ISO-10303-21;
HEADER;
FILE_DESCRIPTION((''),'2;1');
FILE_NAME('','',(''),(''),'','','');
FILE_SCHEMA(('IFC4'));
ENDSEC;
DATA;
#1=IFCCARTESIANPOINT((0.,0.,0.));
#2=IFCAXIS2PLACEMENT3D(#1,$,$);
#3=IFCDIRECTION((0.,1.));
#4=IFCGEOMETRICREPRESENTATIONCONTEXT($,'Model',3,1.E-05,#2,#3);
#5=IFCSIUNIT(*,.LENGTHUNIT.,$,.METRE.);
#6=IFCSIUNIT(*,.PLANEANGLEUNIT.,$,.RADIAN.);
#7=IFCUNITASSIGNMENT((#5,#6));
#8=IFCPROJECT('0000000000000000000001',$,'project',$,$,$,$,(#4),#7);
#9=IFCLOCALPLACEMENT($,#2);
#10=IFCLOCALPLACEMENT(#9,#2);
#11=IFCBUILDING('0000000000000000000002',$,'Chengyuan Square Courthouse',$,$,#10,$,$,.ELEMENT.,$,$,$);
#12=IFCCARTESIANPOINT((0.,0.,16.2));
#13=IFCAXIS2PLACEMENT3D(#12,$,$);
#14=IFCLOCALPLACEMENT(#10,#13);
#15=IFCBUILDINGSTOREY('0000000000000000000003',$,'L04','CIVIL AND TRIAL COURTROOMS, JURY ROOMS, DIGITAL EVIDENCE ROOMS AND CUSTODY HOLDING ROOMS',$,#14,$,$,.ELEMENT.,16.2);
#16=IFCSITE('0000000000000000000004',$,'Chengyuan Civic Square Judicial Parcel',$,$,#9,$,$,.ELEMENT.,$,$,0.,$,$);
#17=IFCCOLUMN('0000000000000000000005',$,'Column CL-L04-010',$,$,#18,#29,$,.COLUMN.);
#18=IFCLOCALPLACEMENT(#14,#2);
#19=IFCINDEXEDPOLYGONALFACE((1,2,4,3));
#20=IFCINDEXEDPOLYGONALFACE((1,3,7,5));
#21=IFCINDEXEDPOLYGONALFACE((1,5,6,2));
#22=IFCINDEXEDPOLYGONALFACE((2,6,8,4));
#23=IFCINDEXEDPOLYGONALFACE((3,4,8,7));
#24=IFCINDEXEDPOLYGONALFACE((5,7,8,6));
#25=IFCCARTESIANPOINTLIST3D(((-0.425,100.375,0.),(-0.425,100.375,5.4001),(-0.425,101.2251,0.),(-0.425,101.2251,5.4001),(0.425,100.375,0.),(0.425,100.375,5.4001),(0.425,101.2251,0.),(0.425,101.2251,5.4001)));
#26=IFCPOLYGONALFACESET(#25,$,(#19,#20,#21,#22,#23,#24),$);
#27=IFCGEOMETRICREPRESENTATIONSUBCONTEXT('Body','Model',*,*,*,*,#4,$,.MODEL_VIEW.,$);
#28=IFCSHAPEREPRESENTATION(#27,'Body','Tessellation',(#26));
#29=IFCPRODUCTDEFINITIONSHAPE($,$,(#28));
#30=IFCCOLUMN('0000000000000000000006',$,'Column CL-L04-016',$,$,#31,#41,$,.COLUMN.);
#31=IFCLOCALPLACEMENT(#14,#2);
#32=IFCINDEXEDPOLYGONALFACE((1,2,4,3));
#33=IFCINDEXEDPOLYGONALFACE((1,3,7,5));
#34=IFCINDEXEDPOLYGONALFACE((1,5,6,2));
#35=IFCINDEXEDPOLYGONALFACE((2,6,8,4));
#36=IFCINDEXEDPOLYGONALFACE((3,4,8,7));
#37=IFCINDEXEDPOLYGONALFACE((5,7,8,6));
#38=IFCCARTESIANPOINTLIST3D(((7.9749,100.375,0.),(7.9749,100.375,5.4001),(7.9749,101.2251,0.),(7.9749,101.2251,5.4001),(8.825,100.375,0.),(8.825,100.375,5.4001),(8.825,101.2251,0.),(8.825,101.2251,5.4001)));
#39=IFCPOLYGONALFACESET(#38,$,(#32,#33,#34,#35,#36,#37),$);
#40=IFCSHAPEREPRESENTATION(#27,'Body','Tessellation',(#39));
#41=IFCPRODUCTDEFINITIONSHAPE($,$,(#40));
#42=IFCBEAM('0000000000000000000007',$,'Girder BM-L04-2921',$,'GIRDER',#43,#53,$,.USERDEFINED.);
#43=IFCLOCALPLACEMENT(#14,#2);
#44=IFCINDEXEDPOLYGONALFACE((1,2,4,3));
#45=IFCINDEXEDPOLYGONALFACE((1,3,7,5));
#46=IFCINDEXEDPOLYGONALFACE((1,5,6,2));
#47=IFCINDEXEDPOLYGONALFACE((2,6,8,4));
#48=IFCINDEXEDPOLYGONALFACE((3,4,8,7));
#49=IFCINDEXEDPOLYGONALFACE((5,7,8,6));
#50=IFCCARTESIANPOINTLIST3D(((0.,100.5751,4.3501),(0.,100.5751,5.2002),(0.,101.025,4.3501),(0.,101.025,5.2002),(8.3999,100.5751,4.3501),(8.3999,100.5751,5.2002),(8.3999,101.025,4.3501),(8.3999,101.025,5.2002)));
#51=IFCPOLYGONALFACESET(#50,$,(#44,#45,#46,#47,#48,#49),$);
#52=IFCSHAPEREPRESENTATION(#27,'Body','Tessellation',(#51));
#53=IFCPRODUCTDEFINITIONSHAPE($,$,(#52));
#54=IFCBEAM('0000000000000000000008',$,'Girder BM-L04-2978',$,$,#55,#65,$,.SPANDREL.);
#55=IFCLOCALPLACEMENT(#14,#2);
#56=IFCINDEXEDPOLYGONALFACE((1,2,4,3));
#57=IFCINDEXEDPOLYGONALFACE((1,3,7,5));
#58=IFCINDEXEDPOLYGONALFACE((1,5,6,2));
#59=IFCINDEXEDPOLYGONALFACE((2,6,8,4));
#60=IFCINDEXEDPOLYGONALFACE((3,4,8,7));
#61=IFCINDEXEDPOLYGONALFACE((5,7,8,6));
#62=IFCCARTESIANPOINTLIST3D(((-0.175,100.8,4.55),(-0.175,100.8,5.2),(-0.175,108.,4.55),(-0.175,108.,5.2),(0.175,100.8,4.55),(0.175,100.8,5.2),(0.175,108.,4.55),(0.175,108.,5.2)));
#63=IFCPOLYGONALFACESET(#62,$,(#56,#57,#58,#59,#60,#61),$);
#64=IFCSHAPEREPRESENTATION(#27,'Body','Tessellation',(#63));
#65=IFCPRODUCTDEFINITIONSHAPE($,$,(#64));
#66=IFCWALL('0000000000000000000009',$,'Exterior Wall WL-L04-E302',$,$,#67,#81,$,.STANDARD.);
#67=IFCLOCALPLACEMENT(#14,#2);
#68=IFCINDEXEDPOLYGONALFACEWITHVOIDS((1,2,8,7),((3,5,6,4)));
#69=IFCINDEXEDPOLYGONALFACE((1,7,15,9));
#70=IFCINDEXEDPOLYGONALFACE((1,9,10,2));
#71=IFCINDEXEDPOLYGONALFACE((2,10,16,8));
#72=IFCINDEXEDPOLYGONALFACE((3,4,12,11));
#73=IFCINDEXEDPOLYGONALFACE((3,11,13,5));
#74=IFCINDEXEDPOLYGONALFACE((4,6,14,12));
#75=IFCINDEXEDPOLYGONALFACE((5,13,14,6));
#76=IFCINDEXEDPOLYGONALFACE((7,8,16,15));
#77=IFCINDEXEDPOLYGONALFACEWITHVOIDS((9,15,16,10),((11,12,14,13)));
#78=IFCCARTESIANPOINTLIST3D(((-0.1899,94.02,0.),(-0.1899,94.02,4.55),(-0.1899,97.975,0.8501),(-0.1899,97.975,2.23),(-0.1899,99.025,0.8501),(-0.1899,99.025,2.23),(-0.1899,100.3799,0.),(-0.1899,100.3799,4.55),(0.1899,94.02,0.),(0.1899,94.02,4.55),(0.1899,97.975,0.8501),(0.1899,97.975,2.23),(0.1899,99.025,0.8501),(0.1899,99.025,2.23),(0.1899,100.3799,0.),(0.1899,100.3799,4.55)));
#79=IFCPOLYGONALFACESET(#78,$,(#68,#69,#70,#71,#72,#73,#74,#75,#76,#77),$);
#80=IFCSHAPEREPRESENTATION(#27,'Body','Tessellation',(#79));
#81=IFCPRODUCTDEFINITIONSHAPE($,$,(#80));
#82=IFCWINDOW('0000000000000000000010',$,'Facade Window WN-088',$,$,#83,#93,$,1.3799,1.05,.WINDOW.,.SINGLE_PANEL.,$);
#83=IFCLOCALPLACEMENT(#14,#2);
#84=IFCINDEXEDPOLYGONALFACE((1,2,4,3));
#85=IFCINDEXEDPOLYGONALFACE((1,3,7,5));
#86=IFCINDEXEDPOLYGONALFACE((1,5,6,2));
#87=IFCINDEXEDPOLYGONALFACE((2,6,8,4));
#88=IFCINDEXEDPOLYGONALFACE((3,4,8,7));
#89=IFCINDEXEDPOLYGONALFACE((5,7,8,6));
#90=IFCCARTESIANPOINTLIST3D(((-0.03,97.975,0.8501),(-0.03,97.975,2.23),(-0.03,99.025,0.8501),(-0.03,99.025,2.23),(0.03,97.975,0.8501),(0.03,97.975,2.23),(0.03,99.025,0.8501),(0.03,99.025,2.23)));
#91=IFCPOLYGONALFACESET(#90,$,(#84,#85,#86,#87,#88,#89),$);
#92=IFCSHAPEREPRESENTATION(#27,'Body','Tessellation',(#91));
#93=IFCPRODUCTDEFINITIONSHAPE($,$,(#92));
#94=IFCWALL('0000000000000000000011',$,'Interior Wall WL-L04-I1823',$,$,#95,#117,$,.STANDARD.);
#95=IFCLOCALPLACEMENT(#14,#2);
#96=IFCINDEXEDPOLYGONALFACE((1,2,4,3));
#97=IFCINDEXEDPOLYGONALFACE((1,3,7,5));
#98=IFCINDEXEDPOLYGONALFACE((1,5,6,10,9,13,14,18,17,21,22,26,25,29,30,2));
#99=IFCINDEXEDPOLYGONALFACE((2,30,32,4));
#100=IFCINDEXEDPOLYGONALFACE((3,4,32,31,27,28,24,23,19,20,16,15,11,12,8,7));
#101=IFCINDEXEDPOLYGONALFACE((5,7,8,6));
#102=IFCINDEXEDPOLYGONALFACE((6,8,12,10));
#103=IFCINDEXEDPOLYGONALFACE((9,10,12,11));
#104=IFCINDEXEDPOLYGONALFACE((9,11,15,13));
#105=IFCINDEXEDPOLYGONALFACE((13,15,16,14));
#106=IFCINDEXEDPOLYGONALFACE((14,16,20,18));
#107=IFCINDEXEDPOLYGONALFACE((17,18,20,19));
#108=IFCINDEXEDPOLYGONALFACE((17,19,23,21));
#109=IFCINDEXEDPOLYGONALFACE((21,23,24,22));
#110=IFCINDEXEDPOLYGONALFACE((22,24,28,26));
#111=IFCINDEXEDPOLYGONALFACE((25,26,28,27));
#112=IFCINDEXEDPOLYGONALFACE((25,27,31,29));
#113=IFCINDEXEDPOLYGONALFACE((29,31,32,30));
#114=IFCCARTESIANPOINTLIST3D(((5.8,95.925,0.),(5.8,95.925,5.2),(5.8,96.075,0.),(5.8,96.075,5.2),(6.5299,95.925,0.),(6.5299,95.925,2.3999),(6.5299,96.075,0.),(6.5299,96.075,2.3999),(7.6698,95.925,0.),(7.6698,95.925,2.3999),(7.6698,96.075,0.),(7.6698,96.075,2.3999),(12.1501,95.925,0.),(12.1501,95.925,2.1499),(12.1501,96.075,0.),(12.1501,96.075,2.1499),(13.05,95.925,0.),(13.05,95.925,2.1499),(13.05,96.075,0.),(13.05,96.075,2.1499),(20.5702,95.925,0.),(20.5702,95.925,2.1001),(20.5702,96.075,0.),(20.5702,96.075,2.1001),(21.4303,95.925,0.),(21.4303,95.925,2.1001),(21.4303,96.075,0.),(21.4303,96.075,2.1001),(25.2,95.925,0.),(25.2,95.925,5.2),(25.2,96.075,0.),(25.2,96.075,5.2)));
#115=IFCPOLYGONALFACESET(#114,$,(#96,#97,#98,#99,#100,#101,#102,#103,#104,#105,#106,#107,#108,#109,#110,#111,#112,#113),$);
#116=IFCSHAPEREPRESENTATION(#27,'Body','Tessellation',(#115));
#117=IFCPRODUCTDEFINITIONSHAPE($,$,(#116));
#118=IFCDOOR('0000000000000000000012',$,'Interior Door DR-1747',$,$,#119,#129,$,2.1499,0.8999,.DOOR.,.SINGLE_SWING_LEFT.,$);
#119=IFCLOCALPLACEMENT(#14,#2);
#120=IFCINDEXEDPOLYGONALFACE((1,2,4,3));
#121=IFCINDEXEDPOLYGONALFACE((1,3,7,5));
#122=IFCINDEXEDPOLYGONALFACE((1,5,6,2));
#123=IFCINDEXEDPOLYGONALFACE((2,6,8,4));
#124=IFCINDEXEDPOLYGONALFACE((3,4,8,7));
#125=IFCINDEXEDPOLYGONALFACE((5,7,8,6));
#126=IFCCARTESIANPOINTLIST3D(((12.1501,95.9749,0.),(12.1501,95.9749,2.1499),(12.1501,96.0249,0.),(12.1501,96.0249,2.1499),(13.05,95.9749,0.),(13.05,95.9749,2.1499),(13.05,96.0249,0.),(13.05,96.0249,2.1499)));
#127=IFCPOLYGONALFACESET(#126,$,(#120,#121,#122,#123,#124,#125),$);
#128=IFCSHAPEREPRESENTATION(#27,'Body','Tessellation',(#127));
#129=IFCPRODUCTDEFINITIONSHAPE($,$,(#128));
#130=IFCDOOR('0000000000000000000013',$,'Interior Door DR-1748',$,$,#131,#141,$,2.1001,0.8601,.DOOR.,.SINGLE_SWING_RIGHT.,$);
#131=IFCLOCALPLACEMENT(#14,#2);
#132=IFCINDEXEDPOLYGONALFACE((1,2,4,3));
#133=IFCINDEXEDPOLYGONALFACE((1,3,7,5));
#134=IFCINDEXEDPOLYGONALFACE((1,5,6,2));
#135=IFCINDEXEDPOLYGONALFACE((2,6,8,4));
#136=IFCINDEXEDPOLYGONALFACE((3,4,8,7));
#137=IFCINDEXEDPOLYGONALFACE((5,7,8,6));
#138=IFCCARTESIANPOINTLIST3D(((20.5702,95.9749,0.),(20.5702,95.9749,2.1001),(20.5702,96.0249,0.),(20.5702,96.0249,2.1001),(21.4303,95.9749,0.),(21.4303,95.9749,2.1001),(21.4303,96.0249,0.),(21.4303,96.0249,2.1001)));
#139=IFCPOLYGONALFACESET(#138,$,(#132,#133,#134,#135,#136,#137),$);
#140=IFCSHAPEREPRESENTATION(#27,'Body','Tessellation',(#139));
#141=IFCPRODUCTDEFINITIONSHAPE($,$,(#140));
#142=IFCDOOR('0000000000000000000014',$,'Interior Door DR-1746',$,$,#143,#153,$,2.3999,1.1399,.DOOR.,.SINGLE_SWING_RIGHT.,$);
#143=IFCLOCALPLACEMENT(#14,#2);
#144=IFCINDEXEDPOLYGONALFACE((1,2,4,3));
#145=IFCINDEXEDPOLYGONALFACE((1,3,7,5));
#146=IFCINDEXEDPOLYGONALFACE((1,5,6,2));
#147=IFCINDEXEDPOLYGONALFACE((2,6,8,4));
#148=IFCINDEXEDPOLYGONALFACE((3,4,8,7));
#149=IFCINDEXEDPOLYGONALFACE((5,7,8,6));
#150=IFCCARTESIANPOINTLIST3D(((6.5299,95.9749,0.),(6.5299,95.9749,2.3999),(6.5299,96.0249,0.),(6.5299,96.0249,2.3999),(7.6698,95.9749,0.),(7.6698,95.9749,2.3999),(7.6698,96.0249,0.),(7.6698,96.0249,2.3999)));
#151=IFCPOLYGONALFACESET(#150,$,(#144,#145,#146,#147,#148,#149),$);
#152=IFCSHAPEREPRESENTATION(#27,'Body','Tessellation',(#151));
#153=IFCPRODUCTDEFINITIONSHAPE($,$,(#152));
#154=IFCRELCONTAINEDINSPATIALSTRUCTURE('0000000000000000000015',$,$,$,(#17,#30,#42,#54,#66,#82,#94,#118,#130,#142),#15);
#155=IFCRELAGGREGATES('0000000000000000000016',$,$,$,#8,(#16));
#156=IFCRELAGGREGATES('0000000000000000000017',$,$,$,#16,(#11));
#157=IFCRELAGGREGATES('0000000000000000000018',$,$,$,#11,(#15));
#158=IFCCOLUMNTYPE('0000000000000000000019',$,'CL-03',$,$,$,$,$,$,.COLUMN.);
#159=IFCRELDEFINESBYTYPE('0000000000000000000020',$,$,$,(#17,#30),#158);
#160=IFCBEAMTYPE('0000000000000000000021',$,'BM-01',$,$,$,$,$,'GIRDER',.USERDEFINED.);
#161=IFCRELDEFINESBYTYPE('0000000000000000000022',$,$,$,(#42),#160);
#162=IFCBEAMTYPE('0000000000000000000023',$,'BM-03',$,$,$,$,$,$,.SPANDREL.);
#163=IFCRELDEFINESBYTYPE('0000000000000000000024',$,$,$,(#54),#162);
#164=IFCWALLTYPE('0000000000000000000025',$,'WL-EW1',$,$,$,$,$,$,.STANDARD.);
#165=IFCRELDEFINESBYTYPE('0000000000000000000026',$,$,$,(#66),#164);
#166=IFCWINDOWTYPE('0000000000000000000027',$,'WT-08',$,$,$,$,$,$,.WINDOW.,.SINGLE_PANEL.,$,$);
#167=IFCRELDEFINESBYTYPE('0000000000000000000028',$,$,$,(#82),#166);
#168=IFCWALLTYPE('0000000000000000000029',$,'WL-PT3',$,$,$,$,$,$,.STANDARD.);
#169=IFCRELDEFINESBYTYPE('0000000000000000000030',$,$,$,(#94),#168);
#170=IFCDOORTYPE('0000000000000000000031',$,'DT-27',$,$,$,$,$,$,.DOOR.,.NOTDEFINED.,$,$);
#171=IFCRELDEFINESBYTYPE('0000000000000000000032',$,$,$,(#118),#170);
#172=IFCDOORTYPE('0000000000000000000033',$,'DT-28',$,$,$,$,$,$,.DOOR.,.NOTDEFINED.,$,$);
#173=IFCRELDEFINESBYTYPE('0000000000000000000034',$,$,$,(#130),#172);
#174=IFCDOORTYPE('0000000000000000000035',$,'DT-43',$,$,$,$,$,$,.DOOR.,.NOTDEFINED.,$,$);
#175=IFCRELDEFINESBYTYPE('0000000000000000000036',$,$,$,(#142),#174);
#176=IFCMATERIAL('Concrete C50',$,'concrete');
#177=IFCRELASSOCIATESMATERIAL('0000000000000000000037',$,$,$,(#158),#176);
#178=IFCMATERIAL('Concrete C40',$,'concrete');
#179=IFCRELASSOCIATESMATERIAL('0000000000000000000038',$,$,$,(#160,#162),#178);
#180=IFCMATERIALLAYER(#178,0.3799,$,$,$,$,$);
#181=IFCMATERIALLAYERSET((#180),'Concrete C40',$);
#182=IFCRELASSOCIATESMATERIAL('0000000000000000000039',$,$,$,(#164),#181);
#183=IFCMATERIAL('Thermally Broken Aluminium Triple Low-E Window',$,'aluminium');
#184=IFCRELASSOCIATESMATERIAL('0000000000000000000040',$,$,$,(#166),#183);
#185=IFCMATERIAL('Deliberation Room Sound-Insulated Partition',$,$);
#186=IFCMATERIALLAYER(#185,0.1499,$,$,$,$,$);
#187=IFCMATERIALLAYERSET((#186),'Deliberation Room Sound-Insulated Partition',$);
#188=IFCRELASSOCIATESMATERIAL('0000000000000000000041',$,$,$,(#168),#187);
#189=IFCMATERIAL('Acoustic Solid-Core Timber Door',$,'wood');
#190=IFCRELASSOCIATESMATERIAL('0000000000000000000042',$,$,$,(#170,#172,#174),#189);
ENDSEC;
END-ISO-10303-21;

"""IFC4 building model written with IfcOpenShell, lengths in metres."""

from ifc_helpers import new_model, si_unit, direction, frame, frame_2d, origin, origin_2d, place, context, subcontext, project, spatial, rectangle, extrude, material, layer, layer_set, material_profile, profile_set, type_object, element, fill, save


model = new_model("IFC4")

# Units and contexts
model_context = context("Model", 3, precision=1e-05, world=origin(), true_north=direction((0.0, 1.0)))
body_context = subcontext(model_context, "Body", "Model", "MODEL_VIEW")
ifc_project = project(units=[si_unit("LENGTHUNIT", "METRE"), si_unit("PLANEANGLEUNIT", "RADIAN")], contexts=[model_context])

# Site, building, storey
site_placement = place(None, origin())
site = spatial("IfcSite", under=ifc_project, at=site_placement, Name="Chengyuan Civic Square Judicial Parcel", CompositionType="ELEMENT", RefElevation=0.0)
building_placement = place(site_placement, origin())
building = spatial("IfcBuilding", under=site, at=building_placement, Name="Chengyuan Square Courthouse", CompositionType="ELEMENT")
storey_placement = place(building_placement, frame((0.0, 0.0, 16.2)))
storey = spatial("IfcBuildingStorey", under=building, at=storey_placement, Name="L04", Description="CIVIL AND TRIAL COURTROOMS, JURY ROOMS, DIGITAL EVIDENCE ROOMS AND CUSTODY HOLDING ROOMS", CompositionType="ELEMENT", Elevation=16.2)

# Columns
ifc_material_1 = material(Name="Concrete C50", Category="concrete")
ifc_material_profile_1 = material_profile(ifc_material_1, rectangle(XDim=0.8501, YDim=0.8501, at=origin_2d()), Name="RC-COL-850x850")
ifc_profile_set_1 = profile_set([ifc_material_profile_1], Name="Concrete C50")
column_type = type_object("IfcColumnType", Name="CL-03", PredefinedType="COLUMN", material=ifc_profile_set_1)
for number, where, z_axis, x_axis, name in (
    (1, (0.0, 100.8, 0.0), (0.0, 0.0, 1.0), (1.0, 0.0, 0.0), "Column CL-L04-010"),
    (2, (8.3999, 100.8, 0.0), (0.0, 0.0, 1.0), (1.0, 0.0, 0.0), "Column CL-L04-016"),
):
    element("IfcColumn", number, at=place(storey_placement, frame(where, z_axis=z_axis, x_axis=x_axis)), inside=storey, type_object=column_type, Name=name, PredefinedType="COLUMN", context=body_context, shape_type="SweptSolid", body=[
        extrude(rectangle(XDim=0.8501, YDim=0.8501, at=origin_2d()), origin(), (0.0, 0.0, 1.0), 5.4001),
    ])

# Beams
ifc_material_2 = material(Name="Concrete C40", Category="concrete")
ifc_material_profile_2 = material_profile(ifc_material_2, rectangle(XDim=0.45, YDim=0.8501, at=origin_2d()), Name="RC-BM-450x850")
ifc_profile_set_2 = profile_set([ifc_material_profile_2], Name="Concrete C40")
beam_type_1 = type_object("IfcBeamType", Name="BM-01", ElementType="GIRDER", PredefinedType="USERDEFINED", material=ifc_profile_set_2)
beam_1_placement = place(storey_placement, frame((0.0, 100.8, 4.7751), z_axis=(1.0, 0.0, 0.0), x_axis=(0.0, 1.0, 0.0)))
element("IfcBeam", 3, at=beam_1_placement, inside=storey, type_object=beam_type_1, Name="Girder BM-L04-2921", ObjectType="GIRDER", PredefinedType="USERDEFINED", context=body_context, shape_type="SweptSolid", body=[
    extrude(rectangle(XDim=0.45, YDim=0.8501, at=origin_2d()), origin(), (0.0, 0.0, 1.0), 8.3999),
])
ifc_material_profile_3 = material_profile(ifc_material_2, rectangle(XDim=0.3501, YDim=0.6499, at=origin_2d()), Name="RC-BM-350x650")
ifc_profile_set_3 = profile_set([ifc_material_profile_3], Name="Concrete C40")
beam_type_2 = type_object("IfcBeamType", Name="BM-03", PredefinedType="SPANDREL", material=ifc_profile_set_3)
beam_2_placement = place(storey_placement, frame((0.0, 100.8, 4.875), z_axis=(0.0, 1.0, 0.0), x_axis=(-1.0, 0.0, 0.0)))
element("IfcBeam", 4, at=beam_2_placement, inside=storey, type_object=beam_type_2, Name="Girder BM-L04-2978", PredefinedType="SPANDREL", context=body_context, shape_type="SweptSolid", body=[
    extrude(rectangle(XDim=0.3501, YDim=0.6499, at=origin_2d()), origin(), (0.0, 0.0, 1.0), 7.2),
])

# Wall, opening, window
ifc_layer_1 = layer(ifc_material_2, 0.3799)
ifc_layer_set_1 = layer_set([ifc_layer_1], Name="Concrete C40")
wall_type_1 = type_object("IfcWallType", Name="WL-EW1", PredefinedType="STANDARD", material=ifc_layer_set_1)
wall_1_placement = place(storey_placement, frame((0.0, 94.02, 0.0), z_axis=(0.0, 0.0, 1.0), x_axis=(0.0, 1.0, 0.0)))
wall_1 = element("IfcWall", 5, at=wall_1_placement, inside=storey, type_object=wall_type_1, Name="Exterior Wall WL-L04-E302", PredefinedType="STANDARD", context=body_context, shape_type="SweptSolid", body=[
    extrude(rectangle(XDim=6.3599, YDim=0.3799, at=frame_2d((3.1799, 0.0))), origin(), (0.0, 0.0, 1.0), 4.55),
])
opening_1_placement = place(wall_1_placement, frame((3.9551, 0.0, 0.8501)))
opening_1 = element("IfcOpeningElement", 6, at=opening_1_placement, cuts=wall_1, PredefinedType="OPENING", context=body_context, shape_type="SweptSolid", body=[
    extrude(rectangle(XDim=1.05, YDim=1.3799, at=frame_2d((0.5249, 0.6899))), frame((0.0, 0.2019, 0.0), z_axis=(0.0, -1.0, 0.0), x_axis=(1.0, 0.0, 0.0)), (0.0, 0.0, 1.0), 0.4038),
])
ifc_material_3 = material(Name="Thermally Broken Aluminium Triple Low-E Window", Category="aluminium")
window_type = type_object("IfcWindowType", Name="WT-08", PartitioningType="SINGLE_PANEL", PredefinedType="WINDOW", material=ifc_material_3)
window_placement = place(opening_1_placement, origin())
window = element("IfcWindow", 7, at=window_placement, inside=storey, type_object=window_type, Name="Facade Window WN-088", OverallHeight=1.3799, OverallWidth=1.05, PartitioningType="SINGLE_PANEL", PredefinedType="WINDOW", context=body_context, shape_type="SweptSolid", body=[
    extrude(rectangle(XDim=1.05, YDim=1.3799, at=frame_2d((0.5249, 0.6899))), frame((0.0, 0.03, 0.0), z_axis=(0.0, -1.0, 0.0), x_axis=(1.0, 0.0, 0.0)), (0.0, 0.0, 1.0), 0.0601),
])
fill(opening_1, window)

# Wall, openings, doors
ifc_material_4 = material(Name="Deliberation Room Sound-Insulated Partition")
ifc_layer_2 = layer(ifc_material_4, 0.1499)
ifc_layer_set_2 = layer_set([ifc_layer_2], Name="Deliberation Room Sound-Insulated Partition")
wall_type_2 = type_object("IfcWallType", Name="WL-PT3", PredefinedType="STANDARD", material=ifc_layer_set_2)
wall_2_placement = place(storey_placement, frame((5.8, 96.0, 0.0), z_axis=(0.0, 0.0, 1.0), x_axis=(1.0, 0.0, 0.0)))
wall_2 = element("IfcWall", 8, at=wall_2_placement, inside=storey, type_object=wall_type_2, Name="Interior Wall WL-L04-I1823", PredefinedType="STANDARD", context=body_context, shape_type="SweptSolid", body=[
    extrude(rectangle(XDim=19.3999, YDim=0.1499, at=frame_2d((9.7, 0.0))), origin(), (0.0, 0.0, 1.0), 5.2),
])
opening_2_placement = place(wall_2_placement, frame((0.73, 0.0, 0.0)))
opening_2 = element("IfcOpeningElement", 9, at=opening_2_placement, cuts=wall_2, PredefinedType="OPENING", context=body_context, shape_type="SweptSolid", body=[
    extrude(rectangle(XDim=1.1399, YDim=2.3999, at=frame_2d((0.5698, 1.2))), frame((0.0, 0.0869, 0.0), z_axis=(0.0, -1.0, 0.0), x_axis=(1.0, 0.0, 0.0)), (0.0, 0.0, 1.0), 0.1738),
])
opening_3_placement = place(wall_2_placement, frame((6.3501, 0.0, 0.0)))
opening_3 = element("IfcOpeningElement", 10, at=opening_3_placement, cuts=wall_2, PredefinedType="OPENING", context=body_context, shape_type="SweptSolid", body=[
    extrude(rectangle(XDim=0.8999, YDim=2.1499, at=frame_2d((0.45, 1.075))), frame((0.0, 0.0869, 0.0), z_axis=(0.0, -1.0, 0.0), x_axis=(1.0, 0.0, 0.0)), (0.0, 0.0, 1.0), 0.1738),
])
opening_4_placement = place(wall_2_placement, frame((14.77, 0.0, 0.0)))
opening_4 = element("IfcOpeningElement", 11, at=opening_4_placement, cuts=wall_2, PredefinedType="OPENING", context=body_context, shape_type="SweptSolid", body=[
    extrude(rectangle(XDim=0.8601, YDim=2.1001, at=frame_2d((0.4302, 1.05))), frame((0.0, 0.0869, 0.0), z_axis=(0.0, -1.0, 0.0), x_axis=(1.0, 0.0, 0.0)), (0.0, 0.0, 1.0), 0.1738),
])
ifc_material_5 = material(Name="Acoustic Solid-Core Timber Door", Category="wood")
door_type_1 = type_object("IfcDoorType", Name="DT-27", OperationType="NOTDEFINED", PredefinedType="DOOR", material=ifc_material_5)
door_1_placement = place(opening_3_placement, origin())
door_1 = element("IfcDoor", 12, at=door_1_placement, inside=storey, type_object=door_type_1, Name="Interior Door DR-1747", OperationType="SINGLE_SWING_LEFT", OverallHeight=2.1499, OverallWidth=0.8999, PredefinedType="DOOR", context=body_context, shape_type="SweptSolid", body=[
    extrude(rectangle(XDim=0.8999, YDim=2.1499, at=frame_2d((0.45, 1.075))), frame((0.0, 0.0249, 0.0), z_axis=(0.0, -1.0, 0.0), x_axis=(1.0, 0.0, 0.0)), (0.0, 0.0, 1.0), 0.05),
])
fill(opening_3, door_1)
door_type_2 = type_object("IfcDoorType", Name="DT-28", OperationType="NOTDEFINED", PredefinedType="DOOR", material=ifc_material_5)
door_2_placement = place(opening_4_placement, origin())
door_2 = element("IfcDoor", 13, at=door_2_placement, inside=storey, type_object=door_type_2, Name="Interior Door DR-1748", OperationType="SINGLE_SWING_RIGHT", OverallHeight=2.1001, OverallWidth=0.8601, PredefinedType="DOOR", context=body_context, shape_type="SweptSolid", body=[
    extrude(rectangle(XDim=0.8601, YDim=2.1001, at=frame_2d((0.4302, 1.05))), frame((0.0, 0.0249, 0.0), z_axis=(0.0, -1.0, 0.0), x_axis=(1.0, 0.0, 0.0)), (0.0, 0.0, 1.0), 0.05),
])
fill(opening_4, door_2)
door_type_3 = type_object("IfcDoorType", Name="DT-43", OperationType="NOTDEFINED", PredefinedType="DOOR", material=ifc_material_5)
door_3_placement = place(opening_2_placement, origin())
door_3 = element("IfcDoor", 14, at=door_3_placement, inside=storey, type_object=door_type_3, Name="Interior Door DR-1746", OperationType="SINGLE_SWING_RIGHT", OverallHeight=2.3999, OverallWidth=1.1399, PredefinedType="DOOR", context=body_context, shape_type="SweptSolid", body=[
    extrude(rectangle(XDim=1.1399, YDim=2.3999, at=frame_2d((0.5698, 1.2))), frame((0.0, 0.0249, 0.0), z_axis=(0.0, -1.0, 0.0), x_axis=(1.0, 0.0, 0.0)), (0.0, 0.0, 1.0), 0.05),
])
fill(opening_2, door_3)

save(model, "model.ifc")
